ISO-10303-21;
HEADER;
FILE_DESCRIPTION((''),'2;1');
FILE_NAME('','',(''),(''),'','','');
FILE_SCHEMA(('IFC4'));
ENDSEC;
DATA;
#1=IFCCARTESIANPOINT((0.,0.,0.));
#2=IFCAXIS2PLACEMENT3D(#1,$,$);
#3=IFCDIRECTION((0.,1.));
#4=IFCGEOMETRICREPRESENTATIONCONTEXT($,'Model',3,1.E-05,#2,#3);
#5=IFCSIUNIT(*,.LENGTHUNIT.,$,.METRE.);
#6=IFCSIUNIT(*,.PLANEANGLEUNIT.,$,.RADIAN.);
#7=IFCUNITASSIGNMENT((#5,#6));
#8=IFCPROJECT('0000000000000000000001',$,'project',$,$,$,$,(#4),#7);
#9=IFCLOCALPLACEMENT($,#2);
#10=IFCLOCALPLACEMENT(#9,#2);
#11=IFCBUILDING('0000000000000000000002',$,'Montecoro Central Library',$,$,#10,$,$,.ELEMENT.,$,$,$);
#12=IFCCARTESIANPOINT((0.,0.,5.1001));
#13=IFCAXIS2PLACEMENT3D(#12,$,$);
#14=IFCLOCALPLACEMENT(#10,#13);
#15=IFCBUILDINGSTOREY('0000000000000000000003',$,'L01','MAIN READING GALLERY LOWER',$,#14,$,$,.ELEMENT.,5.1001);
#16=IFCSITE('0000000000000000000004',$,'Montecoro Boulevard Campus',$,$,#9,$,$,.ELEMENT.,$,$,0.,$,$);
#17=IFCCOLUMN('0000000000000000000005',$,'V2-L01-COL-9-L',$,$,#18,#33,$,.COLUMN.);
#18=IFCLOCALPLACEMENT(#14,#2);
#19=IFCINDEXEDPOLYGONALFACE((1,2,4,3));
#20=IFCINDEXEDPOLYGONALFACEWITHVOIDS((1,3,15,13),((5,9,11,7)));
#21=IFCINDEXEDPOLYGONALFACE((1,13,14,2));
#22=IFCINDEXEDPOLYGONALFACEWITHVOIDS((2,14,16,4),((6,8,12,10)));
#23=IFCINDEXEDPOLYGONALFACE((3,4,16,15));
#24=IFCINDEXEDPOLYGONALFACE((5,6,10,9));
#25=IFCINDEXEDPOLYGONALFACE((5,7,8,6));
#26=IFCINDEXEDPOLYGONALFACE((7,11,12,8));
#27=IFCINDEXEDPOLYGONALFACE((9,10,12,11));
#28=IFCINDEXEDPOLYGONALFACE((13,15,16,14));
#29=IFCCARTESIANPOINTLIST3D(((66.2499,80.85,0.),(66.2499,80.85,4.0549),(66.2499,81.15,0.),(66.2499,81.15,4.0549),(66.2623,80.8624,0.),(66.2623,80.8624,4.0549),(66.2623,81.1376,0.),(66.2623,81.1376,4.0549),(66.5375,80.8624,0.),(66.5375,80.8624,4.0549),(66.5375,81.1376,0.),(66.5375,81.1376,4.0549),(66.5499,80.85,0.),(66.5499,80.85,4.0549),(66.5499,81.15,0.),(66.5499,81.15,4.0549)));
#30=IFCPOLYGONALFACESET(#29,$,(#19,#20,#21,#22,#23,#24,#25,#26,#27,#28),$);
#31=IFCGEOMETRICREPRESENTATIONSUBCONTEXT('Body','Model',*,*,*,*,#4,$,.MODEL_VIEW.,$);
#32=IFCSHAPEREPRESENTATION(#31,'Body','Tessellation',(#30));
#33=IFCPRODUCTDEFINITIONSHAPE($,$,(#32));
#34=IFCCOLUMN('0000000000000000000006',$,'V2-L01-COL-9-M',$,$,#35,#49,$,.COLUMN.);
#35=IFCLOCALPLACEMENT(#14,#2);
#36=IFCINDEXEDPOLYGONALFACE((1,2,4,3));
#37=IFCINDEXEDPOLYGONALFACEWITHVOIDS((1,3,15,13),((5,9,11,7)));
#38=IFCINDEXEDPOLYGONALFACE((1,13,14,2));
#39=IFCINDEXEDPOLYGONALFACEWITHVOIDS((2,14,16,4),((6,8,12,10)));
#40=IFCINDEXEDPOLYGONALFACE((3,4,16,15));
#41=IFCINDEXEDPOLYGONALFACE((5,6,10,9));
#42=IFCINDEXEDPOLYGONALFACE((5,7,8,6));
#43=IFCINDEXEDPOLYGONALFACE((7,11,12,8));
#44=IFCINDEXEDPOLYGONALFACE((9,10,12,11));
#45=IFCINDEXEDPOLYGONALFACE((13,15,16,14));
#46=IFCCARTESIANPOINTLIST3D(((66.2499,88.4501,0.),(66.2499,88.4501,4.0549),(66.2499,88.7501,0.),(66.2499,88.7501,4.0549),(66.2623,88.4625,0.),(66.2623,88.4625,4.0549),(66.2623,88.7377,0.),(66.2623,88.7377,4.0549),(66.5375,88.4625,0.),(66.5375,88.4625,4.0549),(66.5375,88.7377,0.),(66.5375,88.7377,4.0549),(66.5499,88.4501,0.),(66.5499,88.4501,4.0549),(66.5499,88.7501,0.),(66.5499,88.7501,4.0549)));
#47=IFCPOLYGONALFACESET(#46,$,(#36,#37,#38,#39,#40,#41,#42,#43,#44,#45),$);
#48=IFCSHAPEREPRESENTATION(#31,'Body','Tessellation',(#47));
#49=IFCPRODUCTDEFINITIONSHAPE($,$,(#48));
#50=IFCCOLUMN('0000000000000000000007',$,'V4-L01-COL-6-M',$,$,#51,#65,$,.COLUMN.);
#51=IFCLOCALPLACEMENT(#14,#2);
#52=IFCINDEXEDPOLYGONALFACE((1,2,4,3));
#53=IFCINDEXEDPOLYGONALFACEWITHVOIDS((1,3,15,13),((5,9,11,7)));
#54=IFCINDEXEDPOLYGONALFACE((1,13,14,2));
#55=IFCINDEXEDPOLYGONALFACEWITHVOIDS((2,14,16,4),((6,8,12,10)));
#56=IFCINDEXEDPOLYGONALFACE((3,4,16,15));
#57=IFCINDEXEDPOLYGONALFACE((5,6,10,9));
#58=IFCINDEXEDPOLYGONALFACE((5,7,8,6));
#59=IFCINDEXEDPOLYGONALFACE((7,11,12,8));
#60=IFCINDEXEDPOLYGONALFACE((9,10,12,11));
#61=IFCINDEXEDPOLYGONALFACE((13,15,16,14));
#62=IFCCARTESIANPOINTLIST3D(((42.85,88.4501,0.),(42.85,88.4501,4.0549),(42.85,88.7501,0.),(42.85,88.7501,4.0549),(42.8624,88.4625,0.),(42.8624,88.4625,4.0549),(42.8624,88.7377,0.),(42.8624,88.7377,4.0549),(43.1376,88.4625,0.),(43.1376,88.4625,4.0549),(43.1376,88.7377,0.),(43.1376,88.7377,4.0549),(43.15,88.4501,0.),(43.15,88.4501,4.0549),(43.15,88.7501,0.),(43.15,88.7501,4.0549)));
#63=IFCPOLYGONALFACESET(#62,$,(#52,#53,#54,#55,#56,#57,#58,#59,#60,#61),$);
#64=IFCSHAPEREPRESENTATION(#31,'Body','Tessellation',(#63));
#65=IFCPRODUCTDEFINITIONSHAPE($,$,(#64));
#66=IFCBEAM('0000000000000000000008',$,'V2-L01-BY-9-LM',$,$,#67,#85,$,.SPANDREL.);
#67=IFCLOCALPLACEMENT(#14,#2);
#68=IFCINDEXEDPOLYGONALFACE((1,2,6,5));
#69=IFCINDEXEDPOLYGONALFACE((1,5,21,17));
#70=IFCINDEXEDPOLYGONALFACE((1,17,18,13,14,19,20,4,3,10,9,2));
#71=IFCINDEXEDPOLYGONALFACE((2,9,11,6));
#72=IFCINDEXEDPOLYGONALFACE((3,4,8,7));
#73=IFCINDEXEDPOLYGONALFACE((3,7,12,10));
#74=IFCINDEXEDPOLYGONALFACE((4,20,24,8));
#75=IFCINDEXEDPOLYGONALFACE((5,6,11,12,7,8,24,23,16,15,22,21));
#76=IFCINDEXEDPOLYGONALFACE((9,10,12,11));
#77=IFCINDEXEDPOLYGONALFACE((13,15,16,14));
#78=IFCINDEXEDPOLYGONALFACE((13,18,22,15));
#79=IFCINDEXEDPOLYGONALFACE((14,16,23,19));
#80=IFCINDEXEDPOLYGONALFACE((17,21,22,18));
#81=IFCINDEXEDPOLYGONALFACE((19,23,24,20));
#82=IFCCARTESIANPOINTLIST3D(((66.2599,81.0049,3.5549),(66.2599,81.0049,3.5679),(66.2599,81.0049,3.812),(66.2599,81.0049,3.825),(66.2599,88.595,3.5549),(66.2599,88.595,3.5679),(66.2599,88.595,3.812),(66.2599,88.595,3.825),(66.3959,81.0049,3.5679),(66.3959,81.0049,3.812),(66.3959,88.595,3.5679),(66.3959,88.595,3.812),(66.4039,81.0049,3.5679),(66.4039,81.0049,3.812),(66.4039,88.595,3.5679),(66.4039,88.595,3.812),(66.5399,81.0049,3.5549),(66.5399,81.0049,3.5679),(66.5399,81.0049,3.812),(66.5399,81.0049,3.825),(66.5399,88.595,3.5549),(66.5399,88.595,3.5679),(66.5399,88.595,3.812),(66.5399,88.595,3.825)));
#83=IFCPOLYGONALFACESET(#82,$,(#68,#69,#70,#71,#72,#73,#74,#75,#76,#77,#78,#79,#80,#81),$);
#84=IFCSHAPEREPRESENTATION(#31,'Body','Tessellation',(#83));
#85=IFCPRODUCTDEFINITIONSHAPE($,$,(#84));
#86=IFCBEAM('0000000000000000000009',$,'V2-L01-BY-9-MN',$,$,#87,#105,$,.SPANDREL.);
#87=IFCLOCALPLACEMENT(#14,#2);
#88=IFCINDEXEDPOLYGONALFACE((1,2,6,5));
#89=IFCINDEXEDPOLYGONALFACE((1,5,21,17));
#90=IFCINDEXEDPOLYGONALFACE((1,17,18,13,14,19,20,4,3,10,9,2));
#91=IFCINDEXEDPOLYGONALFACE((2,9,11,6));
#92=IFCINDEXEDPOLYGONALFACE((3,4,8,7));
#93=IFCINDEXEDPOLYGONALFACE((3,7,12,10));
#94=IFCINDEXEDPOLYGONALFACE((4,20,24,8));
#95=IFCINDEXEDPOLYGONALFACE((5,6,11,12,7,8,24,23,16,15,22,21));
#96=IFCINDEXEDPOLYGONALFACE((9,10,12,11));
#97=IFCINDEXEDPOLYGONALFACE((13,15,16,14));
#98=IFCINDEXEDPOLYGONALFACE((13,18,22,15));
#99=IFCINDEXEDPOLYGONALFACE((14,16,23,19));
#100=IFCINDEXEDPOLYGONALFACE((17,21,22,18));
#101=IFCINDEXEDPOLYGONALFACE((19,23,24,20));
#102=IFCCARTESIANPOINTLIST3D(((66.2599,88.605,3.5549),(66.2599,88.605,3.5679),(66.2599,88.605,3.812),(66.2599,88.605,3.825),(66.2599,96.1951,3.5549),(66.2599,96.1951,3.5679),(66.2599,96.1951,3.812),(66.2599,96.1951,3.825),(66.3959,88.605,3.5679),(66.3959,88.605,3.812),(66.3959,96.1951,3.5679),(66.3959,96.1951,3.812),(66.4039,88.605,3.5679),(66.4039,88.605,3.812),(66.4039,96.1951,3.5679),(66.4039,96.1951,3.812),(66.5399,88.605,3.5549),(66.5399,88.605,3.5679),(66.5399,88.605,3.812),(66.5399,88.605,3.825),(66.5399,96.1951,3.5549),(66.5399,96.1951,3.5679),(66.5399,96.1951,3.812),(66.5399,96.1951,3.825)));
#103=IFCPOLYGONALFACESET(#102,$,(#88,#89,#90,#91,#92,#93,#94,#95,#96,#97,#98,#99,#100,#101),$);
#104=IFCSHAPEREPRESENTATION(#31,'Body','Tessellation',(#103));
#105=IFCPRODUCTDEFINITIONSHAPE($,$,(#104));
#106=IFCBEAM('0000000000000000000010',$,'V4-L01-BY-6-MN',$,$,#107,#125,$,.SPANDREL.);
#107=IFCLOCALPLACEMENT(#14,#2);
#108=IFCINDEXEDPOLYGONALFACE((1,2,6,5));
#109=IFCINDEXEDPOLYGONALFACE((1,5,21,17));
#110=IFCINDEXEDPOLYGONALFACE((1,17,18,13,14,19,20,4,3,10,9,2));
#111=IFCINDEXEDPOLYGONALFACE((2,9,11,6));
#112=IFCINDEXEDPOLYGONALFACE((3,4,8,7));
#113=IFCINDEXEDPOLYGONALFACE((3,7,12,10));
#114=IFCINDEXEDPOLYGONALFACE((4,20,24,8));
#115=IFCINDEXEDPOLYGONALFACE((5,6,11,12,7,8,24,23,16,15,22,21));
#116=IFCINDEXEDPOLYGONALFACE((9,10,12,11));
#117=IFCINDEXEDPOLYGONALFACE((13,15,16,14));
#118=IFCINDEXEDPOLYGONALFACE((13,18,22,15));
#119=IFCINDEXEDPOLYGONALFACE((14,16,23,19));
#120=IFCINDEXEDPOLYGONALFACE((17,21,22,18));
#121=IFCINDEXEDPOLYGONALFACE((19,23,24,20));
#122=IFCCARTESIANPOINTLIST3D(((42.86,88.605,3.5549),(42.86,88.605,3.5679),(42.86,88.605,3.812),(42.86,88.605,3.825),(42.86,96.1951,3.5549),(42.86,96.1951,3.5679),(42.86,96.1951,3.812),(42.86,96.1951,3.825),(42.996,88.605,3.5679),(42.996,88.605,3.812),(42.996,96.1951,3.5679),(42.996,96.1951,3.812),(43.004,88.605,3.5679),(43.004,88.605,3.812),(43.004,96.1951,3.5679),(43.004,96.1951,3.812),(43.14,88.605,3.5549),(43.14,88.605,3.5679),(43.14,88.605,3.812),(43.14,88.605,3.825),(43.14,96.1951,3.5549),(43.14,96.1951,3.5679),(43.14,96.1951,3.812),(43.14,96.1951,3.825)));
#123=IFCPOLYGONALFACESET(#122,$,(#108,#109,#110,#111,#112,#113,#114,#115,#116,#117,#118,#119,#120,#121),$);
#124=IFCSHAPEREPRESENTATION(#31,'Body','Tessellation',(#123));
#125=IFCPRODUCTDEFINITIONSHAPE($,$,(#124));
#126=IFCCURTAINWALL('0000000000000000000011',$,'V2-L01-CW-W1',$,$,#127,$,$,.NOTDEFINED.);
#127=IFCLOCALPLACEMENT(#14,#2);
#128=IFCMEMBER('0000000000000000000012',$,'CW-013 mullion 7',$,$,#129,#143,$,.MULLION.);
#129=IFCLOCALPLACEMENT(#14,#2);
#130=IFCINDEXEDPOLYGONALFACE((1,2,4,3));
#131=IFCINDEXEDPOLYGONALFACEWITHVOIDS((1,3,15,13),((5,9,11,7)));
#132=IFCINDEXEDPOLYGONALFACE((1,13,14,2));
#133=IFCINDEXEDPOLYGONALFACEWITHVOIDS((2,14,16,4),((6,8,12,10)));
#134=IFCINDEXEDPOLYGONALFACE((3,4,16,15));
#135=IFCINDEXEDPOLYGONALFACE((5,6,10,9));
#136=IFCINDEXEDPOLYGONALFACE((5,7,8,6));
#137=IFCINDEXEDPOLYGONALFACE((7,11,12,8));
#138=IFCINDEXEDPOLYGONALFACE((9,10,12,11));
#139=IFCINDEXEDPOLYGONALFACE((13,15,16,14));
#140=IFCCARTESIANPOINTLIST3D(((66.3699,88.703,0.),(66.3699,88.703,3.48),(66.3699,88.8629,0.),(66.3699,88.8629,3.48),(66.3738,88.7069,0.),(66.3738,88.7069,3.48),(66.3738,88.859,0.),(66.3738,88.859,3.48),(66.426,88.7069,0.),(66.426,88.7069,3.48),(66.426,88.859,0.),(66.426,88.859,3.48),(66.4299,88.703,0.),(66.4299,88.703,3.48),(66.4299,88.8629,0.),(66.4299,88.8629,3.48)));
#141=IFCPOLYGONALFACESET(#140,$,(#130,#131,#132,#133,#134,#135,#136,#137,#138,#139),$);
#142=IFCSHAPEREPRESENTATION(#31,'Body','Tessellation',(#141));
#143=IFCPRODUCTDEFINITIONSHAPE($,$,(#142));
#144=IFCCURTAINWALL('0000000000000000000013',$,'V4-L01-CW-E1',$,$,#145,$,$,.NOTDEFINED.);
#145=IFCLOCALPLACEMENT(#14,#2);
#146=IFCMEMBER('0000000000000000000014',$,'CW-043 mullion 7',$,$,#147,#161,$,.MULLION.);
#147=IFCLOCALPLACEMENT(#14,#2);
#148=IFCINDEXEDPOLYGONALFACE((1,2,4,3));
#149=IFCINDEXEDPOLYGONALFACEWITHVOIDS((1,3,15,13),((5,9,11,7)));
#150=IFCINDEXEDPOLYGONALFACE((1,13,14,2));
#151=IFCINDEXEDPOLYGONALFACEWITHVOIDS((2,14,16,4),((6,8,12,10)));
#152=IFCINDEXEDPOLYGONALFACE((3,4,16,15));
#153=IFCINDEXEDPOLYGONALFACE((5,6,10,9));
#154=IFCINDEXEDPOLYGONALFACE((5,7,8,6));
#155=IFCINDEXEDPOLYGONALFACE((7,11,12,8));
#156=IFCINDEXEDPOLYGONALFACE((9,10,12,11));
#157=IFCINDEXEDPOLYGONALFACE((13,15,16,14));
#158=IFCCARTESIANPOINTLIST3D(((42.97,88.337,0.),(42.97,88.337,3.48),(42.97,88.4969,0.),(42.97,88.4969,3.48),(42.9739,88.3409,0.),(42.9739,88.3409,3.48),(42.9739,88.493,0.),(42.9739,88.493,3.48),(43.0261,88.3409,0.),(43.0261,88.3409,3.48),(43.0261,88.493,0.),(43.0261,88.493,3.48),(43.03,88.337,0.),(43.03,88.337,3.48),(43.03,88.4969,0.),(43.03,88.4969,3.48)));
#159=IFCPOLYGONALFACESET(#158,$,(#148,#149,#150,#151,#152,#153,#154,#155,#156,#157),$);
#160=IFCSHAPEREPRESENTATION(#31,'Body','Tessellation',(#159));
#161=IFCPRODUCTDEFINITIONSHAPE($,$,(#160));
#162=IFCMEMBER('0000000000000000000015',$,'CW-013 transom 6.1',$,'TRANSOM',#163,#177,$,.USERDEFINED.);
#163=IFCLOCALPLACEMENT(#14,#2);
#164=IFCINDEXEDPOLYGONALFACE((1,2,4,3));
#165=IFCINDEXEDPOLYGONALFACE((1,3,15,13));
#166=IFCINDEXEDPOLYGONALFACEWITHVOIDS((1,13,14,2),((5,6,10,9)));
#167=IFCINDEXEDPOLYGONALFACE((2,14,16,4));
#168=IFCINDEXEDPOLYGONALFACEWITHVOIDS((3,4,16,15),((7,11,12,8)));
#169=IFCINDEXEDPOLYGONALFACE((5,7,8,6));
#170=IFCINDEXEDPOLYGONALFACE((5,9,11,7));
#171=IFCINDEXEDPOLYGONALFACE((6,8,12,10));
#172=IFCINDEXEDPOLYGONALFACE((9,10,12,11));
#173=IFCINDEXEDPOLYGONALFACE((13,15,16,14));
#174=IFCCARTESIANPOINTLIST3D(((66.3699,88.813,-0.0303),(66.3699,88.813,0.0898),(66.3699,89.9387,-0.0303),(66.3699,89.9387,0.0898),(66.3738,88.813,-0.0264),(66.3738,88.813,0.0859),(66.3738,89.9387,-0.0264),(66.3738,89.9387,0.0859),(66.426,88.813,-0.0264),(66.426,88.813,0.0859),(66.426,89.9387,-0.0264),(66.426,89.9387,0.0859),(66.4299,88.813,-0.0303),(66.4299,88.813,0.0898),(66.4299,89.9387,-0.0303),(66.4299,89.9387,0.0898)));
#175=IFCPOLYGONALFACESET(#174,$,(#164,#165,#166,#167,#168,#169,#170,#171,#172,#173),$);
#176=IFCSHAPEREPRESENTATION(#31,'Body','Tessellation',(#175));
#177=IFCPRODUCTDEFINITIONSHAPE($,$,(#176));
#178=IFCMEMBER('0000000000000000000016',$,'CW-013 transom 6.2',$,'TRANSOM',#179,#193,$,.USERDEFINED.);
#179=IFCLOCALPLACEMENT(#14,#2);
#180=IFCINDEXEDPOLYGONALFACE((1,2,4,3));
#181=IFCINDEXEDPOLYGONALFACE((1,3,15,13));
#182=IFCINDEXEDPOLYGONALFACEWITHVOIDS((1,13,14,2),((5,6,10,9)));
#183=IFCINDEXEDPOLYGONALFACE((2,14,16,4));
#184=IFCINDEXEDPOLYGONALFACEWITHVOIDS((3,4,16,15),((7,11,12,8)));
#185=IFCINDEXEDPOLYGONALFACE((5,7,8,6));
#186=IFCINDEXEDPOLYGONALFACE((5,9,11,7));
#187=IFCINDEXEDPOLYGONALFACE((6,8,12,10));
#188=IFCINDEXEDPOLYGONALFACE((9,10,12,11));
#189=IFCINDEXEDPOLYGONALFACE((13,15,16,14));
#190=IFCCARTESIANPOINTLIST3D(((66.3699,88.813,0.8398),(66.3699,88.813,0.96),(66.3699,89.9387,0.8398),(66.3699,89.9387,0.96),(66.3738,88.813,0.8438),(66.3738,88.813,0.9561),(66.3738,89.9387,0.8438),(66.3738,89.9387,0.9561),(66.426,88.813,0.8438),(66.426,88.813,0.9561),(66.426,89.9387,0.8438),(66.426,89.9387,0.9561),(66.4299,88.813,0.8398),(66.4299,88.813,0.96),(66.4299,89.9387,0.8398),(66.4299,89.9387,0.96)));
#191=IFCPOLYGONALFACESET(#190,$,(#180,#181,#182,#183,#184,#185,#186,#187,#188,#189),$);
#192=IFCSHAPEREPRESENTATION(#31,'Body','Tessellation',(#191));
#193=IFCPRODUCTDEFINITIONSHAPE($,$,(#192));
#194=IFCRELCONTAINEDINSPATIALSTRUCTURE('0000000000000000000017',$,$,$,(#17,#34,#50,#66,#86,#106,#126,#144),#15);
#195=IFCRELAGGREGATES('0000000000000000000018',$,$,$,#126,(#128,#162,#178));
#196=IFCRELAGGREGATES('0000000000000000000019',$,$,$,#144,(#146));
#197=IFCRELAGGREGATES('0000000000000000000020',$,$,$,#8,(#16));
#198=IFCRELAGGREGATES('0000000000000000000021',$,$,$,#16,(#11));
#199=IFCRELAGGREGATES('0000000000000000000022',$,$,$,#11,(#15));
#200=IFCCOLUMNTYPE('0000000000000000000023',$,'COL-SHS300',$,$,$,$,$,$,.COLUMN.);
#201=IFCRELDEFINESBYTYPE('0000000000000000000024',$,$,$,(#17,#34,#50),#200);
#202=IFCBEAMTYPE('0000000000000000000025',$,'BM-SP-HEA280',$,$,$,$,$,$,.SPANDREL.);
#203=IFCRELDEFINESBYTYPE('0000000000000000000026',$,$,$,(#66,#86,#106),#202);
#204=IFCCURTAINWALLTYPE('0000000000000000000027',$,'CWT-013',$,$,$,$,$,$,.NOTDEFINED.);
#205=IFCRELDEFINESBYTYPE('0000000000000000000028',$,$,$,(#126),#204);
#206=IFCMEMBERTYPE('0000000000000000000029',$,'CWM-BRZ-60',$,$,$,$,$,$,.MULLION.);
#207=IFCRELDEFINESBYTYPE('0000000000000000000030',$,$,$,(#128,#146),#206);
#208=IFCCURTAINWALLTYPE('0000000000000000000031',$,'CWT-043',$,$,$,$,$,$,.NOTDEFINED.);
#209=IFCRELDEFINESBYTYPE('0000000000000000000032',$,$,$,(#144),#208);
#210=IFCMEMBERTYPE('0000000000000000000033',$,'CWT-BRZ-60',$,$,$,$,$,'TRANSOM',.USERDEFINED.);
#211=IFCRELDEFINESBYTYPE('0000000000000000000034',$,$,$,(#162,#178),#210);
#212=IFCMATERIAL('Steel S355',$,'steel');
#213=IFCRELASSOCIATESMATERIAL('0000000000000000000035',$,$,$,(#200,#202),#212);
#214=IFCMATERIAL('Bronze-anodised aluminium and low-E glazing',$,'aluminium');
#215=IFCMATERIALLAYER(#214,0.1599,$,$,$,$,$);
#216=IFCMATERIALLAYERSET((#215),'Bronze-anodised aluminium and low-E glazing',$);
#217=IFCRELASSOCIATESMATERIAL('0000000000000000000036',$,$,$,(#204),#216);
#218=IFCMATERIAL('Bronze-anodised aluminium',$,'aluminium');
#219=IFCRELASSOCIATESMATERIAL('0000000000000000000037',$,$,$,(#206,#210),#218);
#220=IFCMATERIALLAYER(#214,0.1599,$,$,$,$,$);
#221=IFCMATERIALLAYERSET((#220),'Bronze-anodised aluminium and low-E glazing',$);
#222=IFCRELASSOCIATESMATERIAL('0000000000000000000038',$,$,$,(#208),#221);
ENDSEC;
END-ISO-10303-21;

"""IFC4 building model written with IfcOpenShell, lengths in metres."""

from ifc_helpers import new_model, si_unit, direction, frame, origin, origin_2d, place, context, subcontext, project, spatial, hollow_rectangle, i_section, extrude, material, layer, layer_set, material_profile, profile_set, type_object, element, aggregate, save


model = new_model("IFC4")

# Units and contexts
model_context = context("Model", 3, precision=1e-05, world=origin(), true_north=direction((0.0, 1.0)))
body_context = subcontext(model_context, "Body", "Model", "MODEL_VIEW")
ifc_project = project(units=[si_unit("LENGTHUNIT", "METRE"), si_unit("PLANEANGLEUNIT", "RADIAN")], contexts=[model_context])

# Site, building, storey
site_placement = place(None, origin())
site = spatial("IfcSite", under=ifc_project, at=site_placement, Name="Montecoro Boulevard Campus", CompositionType="ELEMENT", RefElevation=0.0)
building_placement = place(site_placement, origin())
building = spatial("IfcBuilding", under=site, at=building_placement, Name="Montecoro Central Library", CompositionType="ELEMENT")
storey_placement = place(building_placement, frame((0.0, 0.0, 5.1001)))
storey = spatial("IfcBuildingStorey", under=building, at=storey_placement, Name="L01", Description="MAIN READING GALLERY LOWER", CompositionType="ELEMENT", Elevation=5.1001)

# Columns
ifc_material_1 = material(Name="Steel S355", Category="steel")
ifc_material_profile_1 = material_profile(ifc_material_1, hollow_rectangle(XDim=0.3, YDim=0.3, WallThickness=0.0125, at=origin_2d()), Name="SHS 300x300x12.5")
ifc_profile_set_1 = profile_set([ifc_material_profile_1], Name="Steel S355")
column_type = type_object("IfcColumnType", Name="COL-SHS300", PredefinedType="COLUMN", material=ifc_profile_set_1)
for number, where, z_axis, x_axis, name in (
    (1, (66.3999, 81.0, 0.0), (0.0, 0.0, 1.0), (1.0, 0.0, 0.0), "V2-L01-COL-9-L"),
    (2, (66.3999, 88.6001, 0.0), (0.0, 0.0, 1.0), (1.0, 0.0, 0.0), "V2-L01-COL-9-M"),
    (3, (43.0, 88.6001, 0.0), (0.0, 0.0, 1.0), (1.0, 0.0, 0.0), "V4-L01-COL-6-M"),
):
    element("IfcColumn", number, at=place(storey_placement, frame(where, z_axis=z_axis, x_axis=x_axis)), inside=storey, type_object=column_type, Name=name, PredefinedType="COLUMN", context=body_context, shape_type="SweptSolid", body=[
        extrude(hollow_rectangle(XDim=0.3, YDim=0.3, WallThickness=0.0125, at=origin_2d()), origin(), (0.0, 0.0, 1.0), 4.0549),
    ])

# Beams
ifc_material_profile_2 = material_profile(ifc_material_1, i_section(OverallWidth=0.28, OverallDepth=0.27, WebThickness=0.0081, FlangeThickness=0.0129, at=origin_2d()), Name="HEA 280")
ifc_profile_set_2 = profile_set([ifc_material_profile_2], Name="Steel S355")
beam_type = type_object("IfcBeamType", Name="BM-SP-HEA280", PredefinedType="SPANDREL", material=ifc_profile_set_2)
for number, where, z_axis, x_axis, name in (
    (4, (66.3999, 81.0049, 3.6899), (0.0, 1.0, 0.0), (-1.0, 0.0, 0.0), "V2-L01-BY-9-LM"),
    (5, (66.3999, 88.605, 3.6899), (0.0, 1.0, 0.0), (-1.0, 0.0, 0.0), "V2-L01-BY-9-MN"),
    (6, (43.0, 88.605, 3.6899), (0.0, 1.0, 0.0), (-1.0, 0.0, 0.0), "V4-L01-BY-6-MN"),
):
    element("IfcBeam", number, at=place(storey_placement, frame(where, z_axis=z_axis, x_axis=x_axis)), inside=storey, type_object=beam_type, Name=name, PredefinedType="SPANDREL", context=body_context, shape_type="SweptSolid", body=[
        extrude(i_section(OverallWidth=0.28, OverallDepth=0.27, WebThickness=0.0081, FlangeThickness=0.0129, at=origin_2d()), origin(), (0.0, 0.0, 1.0), 7.5901),
    ])

# Curtain walls, members
ifc_material_2 = material(Name="Bronze-anodised aluminium and low-E glazing", Category="aluminium")
ifc_layer_1 = layer(ifc_material_2, 0.1599)
ifc_layer_set_1 = layer_set([ifc_layer_1], Name="Bronze-anodised aluminium and low-E glazing")
curtain_wall_type_1 = type_object("IfcCurtainWallType", Name="CWT-013", PredefinedType="NOTDEFINED", material=ifc_layer_set_1)
curtain_wall_1_placement = place(storey_placement, origin())
curtain_wall_1 = element("IfcCurtainWall", 7, at=curtain_wall_1_placement, inside=storey, type_object=curtain_wall_type_1, Name="V2-L01-CW-W1", PredefinedType="NOTDEFINED")
ifc_material_3 = material(Name="Bronze-anodised aluminium", Category="aluminium")
ifc_material_profile_3 = material_profile(ifc_material_3, hollow_rectangle(XDim=0.0601, YDim=0.1599, WallThickness=0.0039, at=origin_2d()), Name="CWM 160x60x4.0")
ifc_profile_set_3 = profile_set([ifc_material_profile_3], Name="Bronze-anodised aluminium")
member_type_1 = type_object("IfcMemberType", Name="CWM-BRZ-60", PredefinedType="MULLION", material=ifc_profile_set_3)
member_1_placement = place(storey_placement, frame((66.3999, 88.783, 0.0), z_axis=(0.0, 0.0, 1.0), x_axis=(1.0, 0.0, 0.0)))
member_1 = element("IfcMember", 8, at=member_1_placement, type_object=member_type_1, Name="CW-013 mullion 7", PredefinedType="MULLION", context=body_context, shape_type="SweptSolid", body=[
    extrude(hollow_rectangle(XDim=0.0601, YDim=0.1599, WallThickness=0.0039, at=origin_2d()), origin(), (0.0, 0.0, 1.0), 3.48),
])
ifc_layer_2 = layer(ifc_material_2, 0.1599)
ifc_layer_set_2 = layer_set([ifc_layer_2], Name="Bronze-anodised aluminium and low-E glazing")
curtain_wall_type_2 = type_object("IfcCurtainWallType", Name="CWT-043", PredefinedType="NOTDEFINED", material=ifc_layer_set_2)
curtain_wall_2_placement = place(storey_placement, origin())
curtain_wall_2 = element("IfcCurtainWall", 9, at=curtain_wall_2_placement, inside=storey, type_object=curtain_wall_type_2, Name="V4-L01-CW-E1", PredefinedType="NOTDEFINED")
member_2_placement = place(storey_placement, frame((43.0, 88.417, 0.0), z_axis=(0.0, 0.0, 1.0), x_axis=(-1.0, 0.0, 0.0)))
member_2 = element("IfcMember", 10, at=member_2_placement, type_object=member_type_1, Name="CW-043 mullion 7", PredefinedType="MULLION", context=body_context, shape_type="SweptSolid", body=[
    extrude(hollow_rectangle(XDim=0.0601, YDim=0.1599, WallThickness=0.0039, at=origin_2d()), origin(), (0.0, 0.0, 1.0), 3.48),
])

# Members
ifc_material_profile_4 = material_profile(ifc_material_3, hollow_rectangle(XDim=0.0601, YDim=0.1201, WallThickness=0.0039, at=origin_2d()), Name="CWT 120x60x4.0")
ifc_profile_set_4 = profile_set([ifc_material_profile_4], Name="Bronze-anodised aluminium")
member_type_2 = type_object("IfcMemberType", Name="CWT-BRZ-60", ElementType="TRANSOM", PredefinedType="USERDEFINED", material=ifc_profile_set_4)
member_3_placement = place(storey_placement, frame((66.3999, 89.9387, 0.0298), z_axis=(0.0, -1.0, 0.0), x_axis=(1.0, 0.0, 0.0)))
member_3 = element("IfcMember", 11, at=member_3_placement, type_object=member_type_2, Name="CW-013 transom 6.1", ObjectType="TRANSOM", PredefinedType="USERDEFINED", context=body_context, shape_type="SweptSolid", body=[
    extrude(hollow_rectangle(XDim=0.0601, YDim=0.1201, WallThickness=0.0039, at=origin_2d()), origin(), (0.0, 0.0, 1.0), 1.1257),
])
member_4_placement = place(storey_placement, frame((66.3999, 89.9387, 0.8999), z_axis=(0.0, -1.0, 0.0), x_axis=(1.0, 0.0, 0.0)))
member_4 = element("IfcMember", 12, at=member_4_placement, type_object=member_type_2, Name="CW-013 transom 6.2", ObjectType="TRANSOM", PredefinedType="USERDEFINED", context=body_context, shape_type="SweptSolid", body=[
    extrude(hollow_rectangle(XDim=0.0601, YDim=0.1201, WallThickness=0.0039, at=origin_2d()), origin(), (0.0, 0.0, 1.0), 1.1257),
])

aggregate(curtain_wall_1, [member_1, member_3, member_4])
aggregate(curtain_wall_2, [member_2])

save(model, "model.ifc")
